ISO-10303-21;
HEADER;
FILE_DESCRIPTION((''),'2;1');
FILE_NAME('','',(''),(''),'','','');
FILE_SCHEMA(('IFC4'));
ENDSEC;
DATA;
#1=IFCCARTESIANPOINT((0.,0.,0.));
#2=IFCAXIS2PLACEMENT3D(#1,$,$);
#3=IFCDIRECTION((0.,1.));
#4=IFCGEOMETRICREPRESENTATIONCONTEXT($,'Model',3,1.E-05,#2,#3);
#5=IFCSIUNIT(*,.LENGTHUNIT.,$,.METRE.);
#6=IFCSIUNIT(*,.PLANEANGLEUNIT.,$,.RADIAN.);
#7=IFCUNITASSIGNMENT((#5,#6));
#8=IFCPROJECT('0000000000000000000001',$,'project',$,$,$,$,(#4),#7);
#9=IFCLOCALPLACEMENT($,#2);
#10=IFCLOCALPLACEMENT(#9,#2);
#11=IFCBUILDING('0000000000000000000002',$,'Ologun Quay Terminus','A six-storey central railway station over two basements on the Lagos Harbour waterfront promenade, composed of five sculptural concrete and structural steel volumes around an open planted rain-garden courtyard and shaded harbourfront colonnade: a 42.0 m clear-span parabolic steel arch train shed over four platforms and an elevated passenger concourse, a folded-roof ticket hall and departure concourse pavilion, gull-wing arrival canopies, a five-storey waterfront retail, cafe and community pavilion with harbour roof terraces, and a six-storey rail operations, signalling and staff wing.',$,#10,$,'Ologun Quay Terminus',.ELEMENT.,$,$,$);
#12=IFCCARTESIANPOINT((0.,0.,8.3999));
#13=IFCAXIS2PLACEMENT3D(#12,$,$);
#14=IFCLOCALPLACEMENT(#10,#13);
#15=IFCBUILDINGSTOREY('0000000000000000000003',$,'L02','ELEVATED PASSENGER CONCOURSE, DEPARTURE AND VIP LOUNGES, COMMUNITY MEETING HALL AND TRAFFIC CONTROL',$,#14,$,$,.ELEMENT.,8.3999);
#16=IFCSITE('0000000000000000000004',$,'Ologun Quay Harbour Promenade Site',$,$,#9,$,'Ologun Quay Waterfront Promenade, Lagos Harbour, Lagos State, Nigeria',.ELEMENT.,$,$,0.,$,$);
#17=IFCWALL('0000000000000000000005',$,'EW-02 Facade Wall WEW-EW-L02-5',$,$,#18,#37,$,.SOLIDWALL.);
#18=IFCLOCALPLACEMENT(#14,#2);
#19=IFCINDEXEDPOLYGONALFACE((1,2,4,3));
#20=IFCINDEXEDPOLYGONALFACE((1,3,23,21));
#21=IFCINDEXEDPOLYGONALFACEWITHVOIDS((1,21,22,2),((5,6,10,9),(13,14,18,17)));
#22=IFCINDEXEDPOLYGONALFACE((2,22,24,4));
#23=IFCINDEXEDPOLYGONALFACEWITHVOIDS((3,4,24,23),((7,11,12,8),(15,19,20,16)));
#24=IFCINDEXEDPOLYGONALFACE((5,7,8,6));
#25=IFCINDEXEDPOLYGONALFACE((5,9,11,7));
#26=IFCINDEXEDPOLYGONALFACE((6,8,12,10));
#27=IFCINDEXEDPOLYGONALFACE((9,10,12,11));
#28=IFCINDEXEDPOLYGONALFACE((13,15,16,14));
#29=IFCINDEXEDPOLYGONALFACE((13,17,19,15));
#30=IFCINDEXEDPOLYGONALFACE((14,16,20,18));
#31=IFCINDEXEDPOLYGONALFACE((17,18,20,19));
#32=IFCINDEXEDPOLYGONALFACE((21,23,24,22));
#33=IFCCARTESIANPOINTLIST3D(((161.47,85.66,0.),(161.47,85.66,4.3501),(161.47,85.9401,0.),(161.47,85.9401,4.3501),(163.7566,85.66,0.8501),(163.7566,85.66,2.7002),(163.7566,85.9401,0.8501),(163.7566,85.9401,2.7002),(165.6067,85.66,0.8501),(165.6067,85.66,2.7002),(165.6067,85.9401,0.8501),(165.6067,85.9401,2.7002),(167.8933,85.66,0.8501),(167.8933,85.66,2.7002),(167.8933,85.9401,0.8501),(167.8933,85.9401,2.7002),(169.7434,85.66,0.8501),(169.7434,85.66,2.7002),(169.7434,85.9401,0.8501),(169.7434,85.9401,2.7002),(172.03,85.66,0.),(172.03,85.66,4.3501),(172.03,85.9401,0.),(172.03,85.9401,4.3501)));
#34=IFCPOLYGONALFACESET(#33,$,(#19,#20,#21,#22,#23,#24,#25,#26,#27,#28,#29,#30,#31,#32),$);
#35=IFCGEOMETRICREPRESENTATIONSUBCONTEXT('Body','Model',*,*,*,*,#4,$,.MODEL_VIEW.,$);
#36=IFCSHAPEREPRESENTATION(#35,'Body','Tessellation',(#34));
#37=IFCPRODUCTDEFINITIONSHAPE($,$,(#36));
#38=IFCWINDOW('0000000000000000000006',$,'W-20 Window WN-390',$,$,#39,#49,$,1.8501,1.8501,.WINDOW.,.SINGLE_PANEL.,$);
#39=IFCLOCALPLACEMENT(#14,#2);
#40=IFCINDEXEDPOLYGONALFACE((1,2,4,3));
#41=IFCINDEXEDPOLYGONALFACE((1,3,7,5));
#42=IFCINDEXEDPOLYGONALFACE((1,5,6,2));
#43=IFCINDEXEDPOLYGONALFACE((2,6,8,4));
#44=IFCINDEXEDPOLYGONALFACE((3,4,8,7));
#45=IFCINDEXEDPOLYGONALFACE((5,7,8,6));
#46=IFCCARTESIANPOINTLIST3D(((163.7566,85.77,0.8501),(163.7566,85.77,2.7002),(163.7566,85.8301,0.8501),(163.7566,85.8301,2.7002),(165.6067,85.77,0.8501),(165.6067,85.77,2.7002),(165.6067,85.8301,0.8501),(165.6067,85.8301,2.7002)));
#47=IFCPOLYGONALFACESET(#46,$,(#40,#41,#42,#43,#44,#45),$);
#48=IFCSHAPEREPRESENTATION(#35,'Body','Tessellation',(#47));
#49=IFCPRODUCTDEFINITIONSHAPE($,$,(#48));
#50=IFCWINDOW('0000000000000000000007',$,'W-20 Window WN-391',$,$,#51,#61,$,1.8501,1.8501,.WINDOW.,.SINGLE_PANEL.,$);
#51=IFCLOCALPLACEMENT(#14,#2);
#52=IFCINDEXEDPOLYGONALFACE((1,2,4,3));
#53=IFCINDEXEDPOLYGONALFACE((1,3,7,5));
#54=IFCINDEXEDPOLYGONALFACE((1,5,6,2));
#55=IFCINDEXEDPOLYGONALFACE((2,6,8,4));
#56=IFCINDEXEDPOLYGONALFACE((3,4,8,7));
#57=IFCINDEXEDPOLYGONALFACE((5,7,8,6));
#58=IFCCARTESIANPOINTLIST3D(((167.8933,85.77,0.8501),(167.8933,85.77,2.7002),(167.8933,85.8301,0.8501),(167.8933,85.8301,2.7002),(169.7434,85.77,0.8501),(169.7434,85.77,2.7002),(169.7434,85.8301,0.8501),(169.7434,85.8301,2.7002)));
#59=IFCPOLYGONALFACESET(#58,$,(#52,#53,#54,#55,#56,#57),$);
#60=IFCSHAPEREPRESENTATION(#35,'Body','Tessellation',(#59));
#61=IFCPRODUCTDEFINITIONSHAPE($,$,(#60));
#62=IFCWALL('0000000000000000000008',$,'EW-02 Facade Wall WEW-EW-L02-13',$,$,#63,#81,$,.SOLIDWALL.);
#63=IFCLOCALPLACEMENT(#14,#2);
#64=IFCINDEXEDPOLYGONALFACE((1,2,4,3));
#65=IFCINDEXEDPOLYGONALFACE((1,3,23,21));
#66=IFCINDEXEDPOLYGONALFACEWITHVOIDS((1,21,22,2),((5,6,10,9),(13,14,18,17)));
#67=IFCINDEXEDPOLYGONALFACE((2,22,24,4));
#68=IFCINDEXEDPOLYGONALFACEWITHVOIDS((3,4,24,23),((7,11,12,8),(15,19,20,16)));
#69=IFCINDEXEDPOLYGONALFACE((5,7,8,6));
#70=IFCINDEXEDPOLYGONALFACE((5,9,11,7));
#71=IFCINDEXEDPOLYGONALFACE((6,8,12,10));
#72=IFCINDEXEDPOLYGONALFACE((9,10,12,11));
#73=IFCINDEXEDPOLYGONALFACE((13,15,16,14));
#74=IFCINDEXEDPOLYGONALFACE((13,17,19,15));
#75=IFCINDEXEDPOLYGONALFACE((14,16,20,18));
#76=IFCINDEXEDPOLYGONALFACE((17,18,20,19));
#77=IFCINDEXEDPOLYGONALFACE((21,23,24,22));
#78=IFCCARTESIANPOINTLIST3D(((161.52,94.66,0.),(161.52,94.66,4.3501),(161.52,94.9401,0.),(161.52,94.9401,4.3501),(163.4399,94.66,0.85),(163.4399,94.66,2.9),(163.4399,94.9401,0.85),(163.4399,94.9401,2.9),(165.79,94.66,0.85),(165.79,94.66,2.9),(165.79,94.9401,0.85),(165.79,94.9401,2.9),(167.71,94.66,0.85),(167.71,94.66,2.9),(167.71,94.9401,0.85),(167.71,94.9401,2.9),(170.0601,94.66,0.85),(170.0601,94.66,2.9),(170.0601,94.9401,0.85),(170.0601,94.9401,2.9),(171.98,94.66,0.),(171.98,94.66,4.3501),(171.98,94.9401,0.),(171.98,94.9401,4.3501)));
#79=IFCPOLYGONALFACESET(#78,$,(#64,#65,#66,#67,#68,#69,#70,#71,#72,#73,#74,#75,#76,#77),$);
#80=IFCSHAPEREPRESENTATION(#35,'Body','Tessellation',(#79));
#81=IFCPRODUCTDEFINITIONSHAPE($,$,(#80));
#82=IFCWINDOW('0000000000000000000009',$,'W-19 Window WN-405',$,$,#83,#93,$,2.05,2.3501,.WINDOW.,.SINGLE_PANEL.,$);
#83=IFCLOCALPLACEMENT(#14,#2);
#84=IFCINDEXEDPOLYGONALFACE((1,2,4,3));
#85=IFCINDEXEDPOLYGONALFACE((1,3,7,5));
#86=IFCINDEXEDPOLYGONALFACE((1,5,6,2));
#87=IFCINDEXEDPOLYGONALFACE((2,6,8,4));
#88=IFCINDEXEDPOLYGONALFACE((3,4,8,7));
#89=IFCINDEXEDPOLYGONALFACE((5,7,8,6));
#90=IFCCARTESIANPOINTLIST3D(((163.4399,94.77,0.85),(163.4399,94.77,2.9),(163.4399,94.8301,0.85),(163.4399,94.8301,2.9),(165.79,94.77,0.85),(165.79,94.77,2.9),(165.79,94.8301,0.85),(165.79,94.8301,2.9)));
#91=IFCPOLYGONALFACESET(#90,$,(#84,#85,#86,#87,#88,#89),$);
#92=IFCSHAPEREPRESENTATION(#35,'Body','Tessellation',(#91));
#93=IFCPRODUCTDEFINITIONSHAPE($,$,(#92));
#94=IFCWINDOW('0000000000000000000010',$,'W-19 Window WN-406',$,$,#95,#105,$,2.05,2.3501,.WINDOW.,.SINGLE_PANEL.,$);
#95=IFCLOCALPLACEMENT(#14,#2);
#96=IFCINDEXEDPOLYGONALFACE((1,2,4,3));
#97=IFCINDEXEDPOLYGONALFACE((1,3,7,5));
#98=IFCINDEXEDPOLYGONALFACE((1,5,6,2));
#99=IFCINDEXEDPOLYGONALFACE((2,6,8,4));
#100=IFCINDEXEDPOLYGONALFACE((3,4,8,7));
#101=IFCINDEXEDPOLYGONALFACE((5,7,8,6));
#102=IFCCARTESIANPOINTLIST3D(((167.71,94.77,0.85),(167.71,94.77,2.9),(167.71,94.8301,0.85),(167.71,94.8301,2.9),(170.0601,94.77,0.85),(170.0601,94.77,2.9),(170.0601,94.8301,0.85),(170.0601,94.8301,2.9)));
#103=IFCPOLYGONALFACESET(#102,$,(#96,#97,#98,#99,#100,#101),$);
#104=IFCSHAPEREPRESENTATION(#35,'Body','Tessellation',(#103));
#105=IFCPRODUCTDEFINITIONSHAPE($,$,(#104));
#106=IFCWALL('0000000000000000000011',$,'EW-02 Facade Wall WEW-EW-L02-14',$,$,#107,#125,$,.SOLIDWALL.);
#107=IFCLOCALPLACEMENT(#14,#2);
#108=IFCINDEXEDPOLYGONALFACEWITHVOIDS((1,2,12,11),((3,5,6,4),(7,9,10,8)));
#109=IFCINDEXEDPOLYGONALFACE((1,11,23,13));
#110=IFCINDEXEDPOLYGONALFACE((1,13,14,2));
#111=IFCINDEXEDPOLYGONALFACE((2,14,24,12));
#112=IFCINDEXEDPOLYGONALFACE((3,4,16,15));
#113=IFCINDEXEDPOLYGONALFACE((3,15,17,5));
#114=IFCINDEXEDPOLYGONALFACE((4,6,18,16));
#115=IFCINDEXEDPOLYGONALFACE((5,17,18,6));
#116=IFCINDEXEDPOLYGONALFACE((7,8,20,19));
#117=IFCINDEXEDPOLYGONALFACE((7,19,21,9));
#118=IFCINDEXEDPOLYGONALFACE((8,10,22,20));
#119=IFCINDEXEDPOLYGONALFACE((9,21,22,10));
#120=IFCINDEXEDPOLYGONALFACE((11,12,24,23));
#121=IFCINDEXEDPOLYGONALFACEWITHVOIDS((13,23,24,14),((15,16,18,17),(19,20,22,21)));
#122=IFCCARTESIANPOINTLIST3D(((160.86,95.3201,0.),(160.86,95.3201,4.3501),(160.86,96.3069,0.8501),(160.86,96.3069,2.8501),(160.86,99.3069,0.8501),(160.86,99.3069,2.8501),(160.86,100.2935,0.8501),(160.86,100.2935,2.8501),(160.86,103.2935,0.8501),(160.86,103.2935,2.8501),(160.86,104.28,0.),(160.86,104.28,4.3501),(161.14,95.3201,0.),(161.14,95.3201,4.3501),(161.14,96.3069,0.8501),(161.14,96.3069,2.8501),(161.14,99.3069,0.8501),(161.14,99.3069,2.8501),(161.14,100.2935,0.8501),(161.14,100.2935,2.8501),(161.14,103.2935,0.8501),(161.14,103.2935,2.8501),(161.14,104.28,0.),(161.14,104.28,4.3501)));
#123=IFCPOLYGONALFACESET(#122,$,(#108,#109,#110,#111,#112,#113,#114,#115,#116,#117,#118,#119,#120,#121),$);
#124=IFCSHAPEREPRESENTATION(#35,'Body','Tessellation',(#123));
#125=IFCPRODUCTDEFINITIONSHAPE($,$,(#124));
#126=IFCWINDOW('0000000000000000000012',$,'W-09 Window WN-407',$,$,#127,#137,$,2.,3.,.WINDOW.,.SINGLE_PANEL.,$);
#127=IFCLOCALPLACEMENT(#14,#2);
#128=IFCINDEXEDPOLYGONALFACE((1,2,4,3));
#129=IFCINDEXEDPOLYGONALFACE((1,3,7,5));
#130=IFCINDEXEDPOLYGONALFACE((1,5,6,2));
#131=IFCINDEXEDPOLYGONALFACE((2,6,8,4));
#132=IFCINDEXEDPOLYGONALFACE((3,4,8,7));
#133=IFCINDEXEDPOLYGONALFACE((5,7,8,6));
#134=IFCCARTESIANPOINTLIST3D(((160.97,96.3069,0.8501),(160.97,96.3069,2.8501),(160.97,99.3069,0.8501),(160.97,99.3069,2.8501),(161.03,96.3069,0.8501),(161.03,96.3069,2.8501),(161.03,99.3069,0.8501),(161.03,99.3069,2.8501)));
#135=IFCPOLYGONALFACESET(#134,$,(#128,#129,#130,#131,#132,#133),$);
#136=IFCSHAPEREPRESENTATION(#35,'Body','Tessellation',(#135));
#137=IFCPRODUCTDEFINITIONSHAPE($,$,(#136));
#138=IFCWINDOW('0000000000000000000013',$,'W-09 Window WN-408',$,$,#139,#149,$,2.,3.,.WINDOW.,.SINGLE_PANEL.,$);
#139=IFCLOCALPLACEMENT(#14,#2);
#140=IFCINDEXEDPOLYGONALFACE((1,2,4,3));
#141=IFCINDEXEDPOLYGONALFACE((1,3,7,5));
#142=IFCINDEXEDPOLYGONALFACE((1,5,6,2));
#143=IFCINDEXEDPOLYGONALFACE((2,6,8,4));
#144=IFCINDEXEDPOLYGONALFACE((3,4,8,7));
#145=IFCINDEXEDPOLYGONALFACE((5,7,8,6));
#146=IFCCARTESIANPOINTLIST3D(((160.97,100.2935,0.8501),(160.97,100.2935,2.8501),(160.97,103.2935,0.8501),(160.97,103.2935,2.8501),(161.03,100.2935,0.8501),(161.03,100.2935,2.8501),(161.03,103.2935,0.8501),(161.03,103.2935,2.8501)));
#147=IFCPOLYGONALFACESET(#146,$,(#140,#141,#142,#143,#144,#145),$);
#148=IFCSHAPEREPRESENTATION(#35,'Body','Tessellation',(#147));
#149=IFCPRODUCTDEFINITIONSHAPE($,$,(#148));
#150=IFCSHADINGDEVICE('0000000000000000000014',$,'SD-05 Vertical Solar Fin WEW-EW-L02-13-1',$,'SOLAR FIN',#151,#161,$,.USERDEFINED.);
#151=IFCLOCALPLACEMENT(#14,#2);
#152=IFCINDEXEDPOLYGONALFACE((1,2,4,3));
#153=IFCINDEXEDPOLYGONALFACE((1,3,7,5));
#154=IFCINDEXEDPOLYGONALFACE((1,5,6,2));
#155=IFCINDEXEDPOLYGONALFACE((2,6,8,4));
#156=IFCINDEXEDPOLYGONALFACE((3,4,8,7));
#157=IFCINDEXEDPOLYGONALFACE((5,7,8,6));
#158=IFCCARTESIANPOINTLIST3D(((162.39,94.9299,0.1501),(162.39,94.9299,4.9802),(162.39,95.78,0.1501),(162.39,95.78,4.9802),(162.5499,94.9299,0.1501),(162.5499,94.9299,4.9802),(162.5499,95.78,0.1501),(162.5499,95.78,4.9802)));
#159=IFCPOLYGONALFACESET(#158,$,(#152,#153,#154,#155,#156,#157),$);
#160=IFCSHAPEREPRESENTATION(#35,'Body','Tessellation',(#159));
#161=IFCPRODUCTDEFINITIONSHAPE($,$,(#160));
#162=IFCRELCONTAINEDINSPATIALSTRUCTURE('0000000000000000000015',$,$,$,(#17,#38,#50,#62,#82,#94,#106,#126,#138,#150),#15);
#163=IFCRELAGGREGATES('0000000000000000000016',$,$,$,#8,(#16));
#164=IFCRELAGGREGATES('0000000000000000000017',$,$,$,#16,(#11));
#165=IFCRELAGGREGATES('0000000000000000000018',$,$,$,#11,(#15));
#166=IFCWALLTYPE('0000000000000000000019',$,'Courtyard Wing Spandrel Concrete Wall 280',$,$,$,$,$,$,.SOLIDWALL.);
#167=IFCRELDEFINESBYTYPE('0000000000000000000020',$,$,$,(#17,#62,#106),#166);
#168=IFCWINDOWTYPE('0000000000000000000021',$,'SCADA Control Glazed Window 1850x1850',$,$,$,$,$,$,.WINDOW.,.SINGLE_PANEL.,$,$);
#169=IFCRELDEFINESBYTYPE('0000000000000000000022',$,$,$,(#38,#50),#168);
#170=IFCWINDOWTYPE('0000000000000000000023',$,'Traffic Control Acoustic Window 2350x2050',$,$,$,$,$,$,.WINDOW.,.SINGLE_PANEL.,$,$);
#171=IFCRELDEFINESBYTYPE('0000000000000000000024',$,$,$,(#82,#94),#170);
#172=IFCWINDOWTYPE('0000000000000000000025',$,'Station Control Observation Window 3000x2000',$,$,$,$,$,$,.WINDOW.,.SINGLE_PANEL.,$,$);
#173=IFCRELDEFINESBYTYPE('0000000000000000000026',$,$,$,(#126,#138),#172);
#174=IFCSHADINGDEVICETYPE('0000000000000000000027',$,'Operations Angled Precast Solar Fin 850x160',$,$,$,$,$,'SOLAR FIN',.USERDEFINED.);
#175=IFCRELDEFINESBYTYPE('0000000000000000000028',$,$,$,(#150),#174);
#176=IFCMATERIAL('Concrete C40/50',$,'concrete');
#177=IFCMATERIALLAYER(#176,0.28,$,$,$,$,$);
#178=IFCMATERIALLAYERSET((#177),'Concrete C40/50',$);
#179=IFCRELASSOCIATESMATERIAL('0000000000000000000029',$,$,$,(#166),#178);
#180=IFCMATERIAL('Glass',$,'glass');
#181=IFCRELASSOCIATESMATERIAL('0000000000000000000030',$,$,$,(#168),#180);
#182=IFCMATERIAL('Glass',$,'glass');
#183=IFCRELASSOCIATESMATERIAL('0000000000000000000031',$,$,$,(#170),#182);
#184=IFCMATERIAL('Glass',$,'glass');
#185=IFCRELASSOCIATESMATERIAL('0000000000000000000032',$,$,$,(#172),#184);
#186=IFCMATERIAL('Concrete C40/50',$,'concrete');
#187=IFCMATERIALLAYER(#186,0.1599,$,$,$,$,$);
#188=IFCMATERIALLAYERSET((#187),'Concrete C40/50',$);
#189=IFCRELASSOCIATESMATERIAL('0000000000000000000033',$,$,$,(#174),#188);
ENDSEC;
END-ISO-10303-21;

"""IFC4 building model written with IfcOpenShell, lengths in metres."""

from ifc_helpers import new_model, si_unit, direction, frame, frame_2d, origin, origin_2d, place, context, subcontext, project, spatial, rectangle, extrude, material, layer, layer_set, type_object, element, fill, save


model = new_model("IFC4")

# Units and contexts
model_context = context("Model", 3, precision=1e-05, world=origin(), true_north=direction((0.0, 1.0)))
body_context = subcontext(model_context, "Body", "Model", "MODEL_VIEW")
ifc_project = project(units=[si_unit("LENGTHUNIT", "METRE"), si_unit("PLANEANGLEUNIT", "RADIAN")], contexts=[model_context])

# Site, building, storey
site_placement = place(None, origin())
site = spatial("IfcSite", under=ifc_project, at=site_placement, Name="Ologun Quay Harbour Promenade Site", LongName="Ologun Quay Waterfront Promenade, Lagos Harbour, Lagos State, Nigeria", CompositionType="ELEMENT", RefElevation=0.0)
building_placement = place(site_placement, origin())
building = spatial("IfcBuilding", under=site, at=building_placement, Name="Ologun Quay Terminus", Description="A six-storey central railway station over two basements on the Lagos Harbour waterfront promenade, composed of five sculptural concrete and structural steel volumes around an open planted rain-garden courtyard and shaded harbourfront colonnade: a 42.0 m clear-span parabolic steel arch train shed over four platforms and an elevated passenger concourse, a folded-roof ticket hall and departure concourse pavilion, gull-wing arrival canopies, a five-storey waterfront retail, cafe and community pavilion with harbour roof terraces, and a six-storey rail operations, signalling and staff wing.", LongName="Ologun Quay Terminus", CompositionType="ELEMENT")
storey_placement = place(building_placement, frame((0.0, 0.0, 8.3999)))
storey = spatial("IfcBuildingStorey", under=building, at=storey_placement, Name="L02", Description="ELEVATED PASSENGER CONCOURSE, DEPARTURE AND VIP LOUNGES, COMMUNITY MEETING HALL AND TRAFFIC CONTROL", CompositionType="ELEMENT", Elevation=8.3999)

# Walls, openings, windows
ifc_material_1 = material(Name="Concrete C40/50", Category="concrete")
ifc_layer_1 = layer(ifc_material_1, 0.28)
ifc_layer_set_1 = layer_set([ifc_layer_1], Name="Concrete C40/50")
wall_type = type_object("IfcWallType", Name="Courtyard Wing Spandrel Concrete Wall 280", PredefinedType="SOLIDWALL", material=ifc_layer_set_1)
wall_1_placement = place(storey_placement, frame((161.47, 85.8, 0.0), z_axis=(0.0, 0.0, 1.0), x_axis=(1.0, 0.0, 0.0)))
wall_1 = element("IfcWall", 1, at=wall_1_placement, inside=storey, type_object=wall_type, Name="EW-02 Facade Wall WEW-EW-L02-5", PredefinedType="SOLIDWALL", context=body_context, shape_type="SweptSolid", body=[
    extrude(rectangle(XDim=10.5601, YDim=0.28, at=frame_2d((5.28, 0.0))), origin(), (0.0, 0.0, 1.0), 4.3501),
])
opening_1_placement = place(wall_1_placement, frame((2.2866, 0.0, 0.8501)))
opening_1 = element("IfcOpeningElement", 2, at=opening_1_placement, cuts=wall_1, PredefinedType="OPENING", context=body_context, shape_type="SweptSolid", body=[
    extrude(rectangle(XDim=1.8501, YDim=1.8501, at=frame_2d((0.925, 0.925))), frame((0.0, 0.1499, 0.0), z_axis=(0.0, -1.0, 0.0), x_axis=(1.0, 0.0, 0.0)), (0.0, 0.0, 1.0), 0.3),
])
opening_2_placement = place(wall_1_placement, frame((6.4233, 0.0, 0.8501)))
opening_2 = element("IfcOpeningElement", 3, at=opening_2_placement, cuts=wall_1, PredefinedType="OPENING", context=body_context, shape_type="SweptSolid", body=[
    extrude(rectangle(XDim=1.8501, YDim=1.8501, at=frame_2d((0.925, 0.925))), frame((0.0, 0.1499, 0.0), z_axis=(0.0, -1.0, 0.0), x_axis=(1.0, 0.0, 0.0)), (0.0, 0.0, 1.0), 0.3),
])
ifc_material_2 = material(Name="Glass", Category="glass")
window_type_1 = type_object("IfcWindowType", Name="SCADA Control Glazed Window 1850x1850", PartitioningType="SINGLE_PANEL", PredefinedType="WINDOW", material=ifc_material_2)
window_1_placement = place(opening_1_placement, origin())
window_1 = element("IfcWindow", 4, at=window_1_placement, inside=storey, type_object=window_type_1, Name="W-20 Window WN-390", OverallHeight=1.8501, OverallWidth=1.8501, PartitioningType="SINGLE_PANEL", PredefinedType="WINDOW", context=body_context, shape_type="SweptSolid", body=[
    extrude(rectangle(XDim=1.8501, YDim=1.8501, at=frame_2d((0.925, 0.925))), frame((0.0, 0.03, 0.0), z_axis=(0.0, -1.0, 0.0), x_axis=(1.0, 0.0, 0.0)), (0.0, 0.0, 1.0), 0.0601),
])
fill(opening_1, window_1)
window_2_placement = place(opening_2_placement, origin())
window_2 = element("IfcWindow", 5, at=window_2_placement, inside=storey, type_object=window_type_1, Name="W-20 Window WN-391", OverallHeight=1.8501, OverallWidth=1.8501, PartitioningType="SINGLE_PANEL", PredefinedType="WINDOW", context=body_context, shape_type="SweptSolid", body=[
    extrude(rectangle(XDim=1.8501, YDim=1.8501, at=frame_2d((0.925, 0.925))), frame((0.0, 0.03, 0.0), z_axis=(0.0, -1.0, 0.0), x_axis=(1.0, 0.0, 0.0)), (0.0, 0.0, 1.0), 0.0601),
])
fill(opening_2, window_2)
wall_2_placement = place(storey_placement, frame((161.52, 94.8, 0.0), z_axis=(0.0, 0.0, 1.0), x_axis=(1.0, 0.0, 0.0)))
wall_2 = element("IfcWall", 6, at=wall_2_placement, inside=storey, type_object=wall_type, Name="EW-02 Facade Wall WEW-EW-L02-13", PredefinedType="SOLIDWALL", context=body_context, shape_type="SweptSolid", body=[
    extrude(rectangle(XDim=10.46, YDim=0.28, at=frame_2d((5.23, 0.0))), origin(), (0.0, 0.0, 1.0), 4.3501),
])
opening_3_placement = place(wall_2_placement, frame((1.9199, 0.0, 0.8501)))
opening_3 = element("IfcOpeningElement", 7, at=opening_3_placement, cuts=wall_2, PredefinedType="OPENING", context=body_context, shape_type="SweptSolid", body=[
    extrude(rectangle(XDim=2.3501, YDim=2.05, at=frame_2d((1.175, 1.0249))), frame((0.0, 0.1499, 0.0), z_axis=(0.0, -1.0, 0.0), x_axis=(1.0, 0.0, 0.0)), (0.0, 0.0, 1.0), 0.3),
])
opening_4_placement = place(wall_2_placement, frame((6.1899, 0.0, 0.8501)))
opening_4 = element("IfcOpeningElement", 8, at=opening_4_placement, cuts=wall_2, PredefinedType="OPENING", context=body_context, shape_type="SweptSolid", body=[
    extrude(rectangle(XDim=2.3501, YDim=2.05, at=frame_2d((1.175, 1.0249))), frame((0.0, 0.1499, 0.0), z_axis=(0.0, -1.0, 0.0), x_axis=(1.0, 0.0, 0.0)), (0.0, 0.0, 1.0), 0.3),
])
ifc_material_3 = material(Name="Glass", Category="glass")
window_type_2 = type_object("IfcWindowType", Name="Traffic Control Acoustic Window 2350x2050", PartitioningType="SINGLE_PANEL", PredefinedType="WINDOW", material=ifc_material_3)
window_3_placement = place(opening_3_placement, origin())
window_3 = element("IfcWindow", 9, at=window_3_placement, inside=storey, type_object=window_type_2, Name="W-19 Window WN-405", OverallHeight=2.05, OverallWidth=2.3501, PartitioningType="SINGLE_PANEL", PredefinedType="WINDOW", context=body_context, shape_type="SweptSolid", body=[
    extrude(rectangle(XDim=2.3501, YDim=2.05, at=frame_2d((1.175, 1.0249))), frame((0.0, 0.03, 0.0), z_axis=(0.0, -1.0, 0.0), x_axis=(1.0, 0.0, 0.0)), (0.0, 0.0, 1.0), 0.0601),
])
fill(opening_3, window_3)
window_4_placement = place(opening_4_placement, origin())
window_4 = element("IfcWindow", 10, at=window_4_placement, inside=storey, type_object=window_type_2, Name="W-19 Window WN-406", OverallHeight=2.05, OverallWidth=2.3501, PartitioningType="SINGLE_PANEL", PredefinedType="WINDOW", context=body_context, shape_type="SweptSolid", body=[
    extrude(rectangle(XDim=2.3501, YDim=2.05, at=frame_2d((1.175, 1.0249))), frame((0.0, 0.03, 0.0), z_axis=(0.0, -1.0, 0.0), x_axis=(1.0, 0.0, 0.0)), (0.0, 0.0, 1.0), 0.0601),
])
fill(opening_4, window_4)
wall_3_placement = place(storey_placement, frame((161.0, 95.3201, 0.0), z_axis=(0.0, 0.0, 1.0), x_axis=(0.0, 1.0, 0.0)))
wall_3 = element("IfcWall", 11, at=wall_3_placement, inside=storey, type_object=wall_type, Name="EW-02 Facade Wall WEW-EW-L02-14", PredefinedType="SOLIDWALL", context=body_context, shape_type="SweptSolid", body=[
    extrude(rectangle(XDim=8.96, YDim=0.28, at=frame_2d((4.48, 0.0))), origin(), (0.0, 0.0, 1.0), 4.3501),
])
opening_5_placement = place(wall_3_placement, frame((0.9868, 0.0, 0.8501)))
opening_5 = element("IfcOpeningElement", 12, at=opening_5_placement, cuts=wall_3, PredefinedType="OPENING", context=body_context, shape_type="SweptSolid", body=[
    extrude(rectangle(XDim=3.0, YDim=2.0, at=frame_2d((1.5, 1.0))), frame((0.0, 0.1499, 0.0), z_axis=(0.0, -1.0, 0.0), x_axis=(1.0, 0.0, 0.0)), (0.0, 0.0, 1.0), 0.3),
])
opening_6_placement = place(wall_3_placement, frame((4.9734, 0.0, 0.8501)))
opening_6 = element("IfcOpeningElement", 13, at=opening_6_placement, cuts=wall_3, PredefinedType="OPENING", context=body_context, shape_type="SweptSolid", body=[
    extrude(rectangle(XDim=3.0, YDim=2.0, at=frame_2d((1.5, 1.0))), frame((0.0, 0.1499, 0.0), z_axis=(0.0, -1.0, 0.0), x_axis=(1.0, 0.0, 0.0)), (0.0, 0.0, 1.0), 0.3),
])
ifc_material_4 = material(Name="Glass", Category="glass")
window_type_3 = type_object("IfcWindowType", Name="Station Control Observation Window 3000x2000", PartitioningType="SINGLE_PANEL", PredefinedType="WINDOW", material=ifc_material_4)
window_5_placement = place(opening_5_placement, origin())
window_5 = element("IfcWindow", 14, at=window_5_placement, inside=storey, type_object=window_type_3, Name="W-09 Window WN-407", OverallHeight=2.0, OverallWidth=3.0, PartitioningType="SINGLE_PANEL", PredefinedType="WINDOW", context=body_context, shape_type="SweptSolid", body=[
    extrude(rectangle(XDim=3.0, YDim=2.0, at=frame_2d((1.5, 1.0))), frame((0.0, 0.03, 0.0), z_axis=(0.0, -1.0, 0.0), x_axis=(1.0, 0.0, 0.0)), (0.0, 0.0, 1.0), 0.0601),
])
fill(opening_5, window_5)
window_6_placement = place(opening_6_placement, origin())
window_6 = element("IfcWindow", 15, at=window_6_placement, inside=storey, type_object=window_type_3, Name="W-09 Window WN-408", OverallHeight=2.0, OverallWidth=3.0, PartitioningType="SINGLE_PANEL", PredefinedType="WINDOW", context=body_context, shape_type="SweptSolid", body=[
    extrude(rectangle(XDim=3.0, YDim=2.0, at=frame_2d((1.5, 1.0))), frame((0.0, 0.03, 0.0), z_axis=(0.0, -1.0, 0.0), x_axis=(1.0, 0.0, 0.0)), (0.0, 0.0, 1.0), 0.0601),
])
fill(opening_6, window_6)

# Shading device
ifc_material_5 = material(Name="Concrete C40/50", Category="concrete")
ifc_layer_2 = layer(ifc_material_5, 0.1599)
ifc_layer_set_2 = layer_set([ifc_layer_2], Name="Concrete C40/50")
shading_device_type = type_object("IfcShadingDeviceType", Name="Operations Angled Precast Solar Fin 850x160", ElementType="SOLAR FIN", PredefinedType="USERDEFINED", material=ifc_layer_set_2)
for number, where, z_axis, x_axis, name in (
    (16, (162.47, 95.355, 0.1501), (0.0, 0.0, 1.0), (1.0, 0.0, 0.0), "SD-05 Vertical Solar Fin WEW-EW-L02-13-1"),
):
    element("IfcShadingDevice", number, at=place(storey_placement, frame(where, z_axis=z_axis, x_axis=x_axis)), inside=storey, type_object=shading_device_type, Name=name, ObjectType="SOLAR FIN", PredefinedType="USERDEFINED", context=body_context, shape_type="SweptSolid", body=[
        extrude(rectangle(XDim=0.1599, YDim=0.8501, at=origin_2d()), origin(), (0.0, 0.0, 1.0), 4.8301),
    ])

save(model, "model.ifc")
